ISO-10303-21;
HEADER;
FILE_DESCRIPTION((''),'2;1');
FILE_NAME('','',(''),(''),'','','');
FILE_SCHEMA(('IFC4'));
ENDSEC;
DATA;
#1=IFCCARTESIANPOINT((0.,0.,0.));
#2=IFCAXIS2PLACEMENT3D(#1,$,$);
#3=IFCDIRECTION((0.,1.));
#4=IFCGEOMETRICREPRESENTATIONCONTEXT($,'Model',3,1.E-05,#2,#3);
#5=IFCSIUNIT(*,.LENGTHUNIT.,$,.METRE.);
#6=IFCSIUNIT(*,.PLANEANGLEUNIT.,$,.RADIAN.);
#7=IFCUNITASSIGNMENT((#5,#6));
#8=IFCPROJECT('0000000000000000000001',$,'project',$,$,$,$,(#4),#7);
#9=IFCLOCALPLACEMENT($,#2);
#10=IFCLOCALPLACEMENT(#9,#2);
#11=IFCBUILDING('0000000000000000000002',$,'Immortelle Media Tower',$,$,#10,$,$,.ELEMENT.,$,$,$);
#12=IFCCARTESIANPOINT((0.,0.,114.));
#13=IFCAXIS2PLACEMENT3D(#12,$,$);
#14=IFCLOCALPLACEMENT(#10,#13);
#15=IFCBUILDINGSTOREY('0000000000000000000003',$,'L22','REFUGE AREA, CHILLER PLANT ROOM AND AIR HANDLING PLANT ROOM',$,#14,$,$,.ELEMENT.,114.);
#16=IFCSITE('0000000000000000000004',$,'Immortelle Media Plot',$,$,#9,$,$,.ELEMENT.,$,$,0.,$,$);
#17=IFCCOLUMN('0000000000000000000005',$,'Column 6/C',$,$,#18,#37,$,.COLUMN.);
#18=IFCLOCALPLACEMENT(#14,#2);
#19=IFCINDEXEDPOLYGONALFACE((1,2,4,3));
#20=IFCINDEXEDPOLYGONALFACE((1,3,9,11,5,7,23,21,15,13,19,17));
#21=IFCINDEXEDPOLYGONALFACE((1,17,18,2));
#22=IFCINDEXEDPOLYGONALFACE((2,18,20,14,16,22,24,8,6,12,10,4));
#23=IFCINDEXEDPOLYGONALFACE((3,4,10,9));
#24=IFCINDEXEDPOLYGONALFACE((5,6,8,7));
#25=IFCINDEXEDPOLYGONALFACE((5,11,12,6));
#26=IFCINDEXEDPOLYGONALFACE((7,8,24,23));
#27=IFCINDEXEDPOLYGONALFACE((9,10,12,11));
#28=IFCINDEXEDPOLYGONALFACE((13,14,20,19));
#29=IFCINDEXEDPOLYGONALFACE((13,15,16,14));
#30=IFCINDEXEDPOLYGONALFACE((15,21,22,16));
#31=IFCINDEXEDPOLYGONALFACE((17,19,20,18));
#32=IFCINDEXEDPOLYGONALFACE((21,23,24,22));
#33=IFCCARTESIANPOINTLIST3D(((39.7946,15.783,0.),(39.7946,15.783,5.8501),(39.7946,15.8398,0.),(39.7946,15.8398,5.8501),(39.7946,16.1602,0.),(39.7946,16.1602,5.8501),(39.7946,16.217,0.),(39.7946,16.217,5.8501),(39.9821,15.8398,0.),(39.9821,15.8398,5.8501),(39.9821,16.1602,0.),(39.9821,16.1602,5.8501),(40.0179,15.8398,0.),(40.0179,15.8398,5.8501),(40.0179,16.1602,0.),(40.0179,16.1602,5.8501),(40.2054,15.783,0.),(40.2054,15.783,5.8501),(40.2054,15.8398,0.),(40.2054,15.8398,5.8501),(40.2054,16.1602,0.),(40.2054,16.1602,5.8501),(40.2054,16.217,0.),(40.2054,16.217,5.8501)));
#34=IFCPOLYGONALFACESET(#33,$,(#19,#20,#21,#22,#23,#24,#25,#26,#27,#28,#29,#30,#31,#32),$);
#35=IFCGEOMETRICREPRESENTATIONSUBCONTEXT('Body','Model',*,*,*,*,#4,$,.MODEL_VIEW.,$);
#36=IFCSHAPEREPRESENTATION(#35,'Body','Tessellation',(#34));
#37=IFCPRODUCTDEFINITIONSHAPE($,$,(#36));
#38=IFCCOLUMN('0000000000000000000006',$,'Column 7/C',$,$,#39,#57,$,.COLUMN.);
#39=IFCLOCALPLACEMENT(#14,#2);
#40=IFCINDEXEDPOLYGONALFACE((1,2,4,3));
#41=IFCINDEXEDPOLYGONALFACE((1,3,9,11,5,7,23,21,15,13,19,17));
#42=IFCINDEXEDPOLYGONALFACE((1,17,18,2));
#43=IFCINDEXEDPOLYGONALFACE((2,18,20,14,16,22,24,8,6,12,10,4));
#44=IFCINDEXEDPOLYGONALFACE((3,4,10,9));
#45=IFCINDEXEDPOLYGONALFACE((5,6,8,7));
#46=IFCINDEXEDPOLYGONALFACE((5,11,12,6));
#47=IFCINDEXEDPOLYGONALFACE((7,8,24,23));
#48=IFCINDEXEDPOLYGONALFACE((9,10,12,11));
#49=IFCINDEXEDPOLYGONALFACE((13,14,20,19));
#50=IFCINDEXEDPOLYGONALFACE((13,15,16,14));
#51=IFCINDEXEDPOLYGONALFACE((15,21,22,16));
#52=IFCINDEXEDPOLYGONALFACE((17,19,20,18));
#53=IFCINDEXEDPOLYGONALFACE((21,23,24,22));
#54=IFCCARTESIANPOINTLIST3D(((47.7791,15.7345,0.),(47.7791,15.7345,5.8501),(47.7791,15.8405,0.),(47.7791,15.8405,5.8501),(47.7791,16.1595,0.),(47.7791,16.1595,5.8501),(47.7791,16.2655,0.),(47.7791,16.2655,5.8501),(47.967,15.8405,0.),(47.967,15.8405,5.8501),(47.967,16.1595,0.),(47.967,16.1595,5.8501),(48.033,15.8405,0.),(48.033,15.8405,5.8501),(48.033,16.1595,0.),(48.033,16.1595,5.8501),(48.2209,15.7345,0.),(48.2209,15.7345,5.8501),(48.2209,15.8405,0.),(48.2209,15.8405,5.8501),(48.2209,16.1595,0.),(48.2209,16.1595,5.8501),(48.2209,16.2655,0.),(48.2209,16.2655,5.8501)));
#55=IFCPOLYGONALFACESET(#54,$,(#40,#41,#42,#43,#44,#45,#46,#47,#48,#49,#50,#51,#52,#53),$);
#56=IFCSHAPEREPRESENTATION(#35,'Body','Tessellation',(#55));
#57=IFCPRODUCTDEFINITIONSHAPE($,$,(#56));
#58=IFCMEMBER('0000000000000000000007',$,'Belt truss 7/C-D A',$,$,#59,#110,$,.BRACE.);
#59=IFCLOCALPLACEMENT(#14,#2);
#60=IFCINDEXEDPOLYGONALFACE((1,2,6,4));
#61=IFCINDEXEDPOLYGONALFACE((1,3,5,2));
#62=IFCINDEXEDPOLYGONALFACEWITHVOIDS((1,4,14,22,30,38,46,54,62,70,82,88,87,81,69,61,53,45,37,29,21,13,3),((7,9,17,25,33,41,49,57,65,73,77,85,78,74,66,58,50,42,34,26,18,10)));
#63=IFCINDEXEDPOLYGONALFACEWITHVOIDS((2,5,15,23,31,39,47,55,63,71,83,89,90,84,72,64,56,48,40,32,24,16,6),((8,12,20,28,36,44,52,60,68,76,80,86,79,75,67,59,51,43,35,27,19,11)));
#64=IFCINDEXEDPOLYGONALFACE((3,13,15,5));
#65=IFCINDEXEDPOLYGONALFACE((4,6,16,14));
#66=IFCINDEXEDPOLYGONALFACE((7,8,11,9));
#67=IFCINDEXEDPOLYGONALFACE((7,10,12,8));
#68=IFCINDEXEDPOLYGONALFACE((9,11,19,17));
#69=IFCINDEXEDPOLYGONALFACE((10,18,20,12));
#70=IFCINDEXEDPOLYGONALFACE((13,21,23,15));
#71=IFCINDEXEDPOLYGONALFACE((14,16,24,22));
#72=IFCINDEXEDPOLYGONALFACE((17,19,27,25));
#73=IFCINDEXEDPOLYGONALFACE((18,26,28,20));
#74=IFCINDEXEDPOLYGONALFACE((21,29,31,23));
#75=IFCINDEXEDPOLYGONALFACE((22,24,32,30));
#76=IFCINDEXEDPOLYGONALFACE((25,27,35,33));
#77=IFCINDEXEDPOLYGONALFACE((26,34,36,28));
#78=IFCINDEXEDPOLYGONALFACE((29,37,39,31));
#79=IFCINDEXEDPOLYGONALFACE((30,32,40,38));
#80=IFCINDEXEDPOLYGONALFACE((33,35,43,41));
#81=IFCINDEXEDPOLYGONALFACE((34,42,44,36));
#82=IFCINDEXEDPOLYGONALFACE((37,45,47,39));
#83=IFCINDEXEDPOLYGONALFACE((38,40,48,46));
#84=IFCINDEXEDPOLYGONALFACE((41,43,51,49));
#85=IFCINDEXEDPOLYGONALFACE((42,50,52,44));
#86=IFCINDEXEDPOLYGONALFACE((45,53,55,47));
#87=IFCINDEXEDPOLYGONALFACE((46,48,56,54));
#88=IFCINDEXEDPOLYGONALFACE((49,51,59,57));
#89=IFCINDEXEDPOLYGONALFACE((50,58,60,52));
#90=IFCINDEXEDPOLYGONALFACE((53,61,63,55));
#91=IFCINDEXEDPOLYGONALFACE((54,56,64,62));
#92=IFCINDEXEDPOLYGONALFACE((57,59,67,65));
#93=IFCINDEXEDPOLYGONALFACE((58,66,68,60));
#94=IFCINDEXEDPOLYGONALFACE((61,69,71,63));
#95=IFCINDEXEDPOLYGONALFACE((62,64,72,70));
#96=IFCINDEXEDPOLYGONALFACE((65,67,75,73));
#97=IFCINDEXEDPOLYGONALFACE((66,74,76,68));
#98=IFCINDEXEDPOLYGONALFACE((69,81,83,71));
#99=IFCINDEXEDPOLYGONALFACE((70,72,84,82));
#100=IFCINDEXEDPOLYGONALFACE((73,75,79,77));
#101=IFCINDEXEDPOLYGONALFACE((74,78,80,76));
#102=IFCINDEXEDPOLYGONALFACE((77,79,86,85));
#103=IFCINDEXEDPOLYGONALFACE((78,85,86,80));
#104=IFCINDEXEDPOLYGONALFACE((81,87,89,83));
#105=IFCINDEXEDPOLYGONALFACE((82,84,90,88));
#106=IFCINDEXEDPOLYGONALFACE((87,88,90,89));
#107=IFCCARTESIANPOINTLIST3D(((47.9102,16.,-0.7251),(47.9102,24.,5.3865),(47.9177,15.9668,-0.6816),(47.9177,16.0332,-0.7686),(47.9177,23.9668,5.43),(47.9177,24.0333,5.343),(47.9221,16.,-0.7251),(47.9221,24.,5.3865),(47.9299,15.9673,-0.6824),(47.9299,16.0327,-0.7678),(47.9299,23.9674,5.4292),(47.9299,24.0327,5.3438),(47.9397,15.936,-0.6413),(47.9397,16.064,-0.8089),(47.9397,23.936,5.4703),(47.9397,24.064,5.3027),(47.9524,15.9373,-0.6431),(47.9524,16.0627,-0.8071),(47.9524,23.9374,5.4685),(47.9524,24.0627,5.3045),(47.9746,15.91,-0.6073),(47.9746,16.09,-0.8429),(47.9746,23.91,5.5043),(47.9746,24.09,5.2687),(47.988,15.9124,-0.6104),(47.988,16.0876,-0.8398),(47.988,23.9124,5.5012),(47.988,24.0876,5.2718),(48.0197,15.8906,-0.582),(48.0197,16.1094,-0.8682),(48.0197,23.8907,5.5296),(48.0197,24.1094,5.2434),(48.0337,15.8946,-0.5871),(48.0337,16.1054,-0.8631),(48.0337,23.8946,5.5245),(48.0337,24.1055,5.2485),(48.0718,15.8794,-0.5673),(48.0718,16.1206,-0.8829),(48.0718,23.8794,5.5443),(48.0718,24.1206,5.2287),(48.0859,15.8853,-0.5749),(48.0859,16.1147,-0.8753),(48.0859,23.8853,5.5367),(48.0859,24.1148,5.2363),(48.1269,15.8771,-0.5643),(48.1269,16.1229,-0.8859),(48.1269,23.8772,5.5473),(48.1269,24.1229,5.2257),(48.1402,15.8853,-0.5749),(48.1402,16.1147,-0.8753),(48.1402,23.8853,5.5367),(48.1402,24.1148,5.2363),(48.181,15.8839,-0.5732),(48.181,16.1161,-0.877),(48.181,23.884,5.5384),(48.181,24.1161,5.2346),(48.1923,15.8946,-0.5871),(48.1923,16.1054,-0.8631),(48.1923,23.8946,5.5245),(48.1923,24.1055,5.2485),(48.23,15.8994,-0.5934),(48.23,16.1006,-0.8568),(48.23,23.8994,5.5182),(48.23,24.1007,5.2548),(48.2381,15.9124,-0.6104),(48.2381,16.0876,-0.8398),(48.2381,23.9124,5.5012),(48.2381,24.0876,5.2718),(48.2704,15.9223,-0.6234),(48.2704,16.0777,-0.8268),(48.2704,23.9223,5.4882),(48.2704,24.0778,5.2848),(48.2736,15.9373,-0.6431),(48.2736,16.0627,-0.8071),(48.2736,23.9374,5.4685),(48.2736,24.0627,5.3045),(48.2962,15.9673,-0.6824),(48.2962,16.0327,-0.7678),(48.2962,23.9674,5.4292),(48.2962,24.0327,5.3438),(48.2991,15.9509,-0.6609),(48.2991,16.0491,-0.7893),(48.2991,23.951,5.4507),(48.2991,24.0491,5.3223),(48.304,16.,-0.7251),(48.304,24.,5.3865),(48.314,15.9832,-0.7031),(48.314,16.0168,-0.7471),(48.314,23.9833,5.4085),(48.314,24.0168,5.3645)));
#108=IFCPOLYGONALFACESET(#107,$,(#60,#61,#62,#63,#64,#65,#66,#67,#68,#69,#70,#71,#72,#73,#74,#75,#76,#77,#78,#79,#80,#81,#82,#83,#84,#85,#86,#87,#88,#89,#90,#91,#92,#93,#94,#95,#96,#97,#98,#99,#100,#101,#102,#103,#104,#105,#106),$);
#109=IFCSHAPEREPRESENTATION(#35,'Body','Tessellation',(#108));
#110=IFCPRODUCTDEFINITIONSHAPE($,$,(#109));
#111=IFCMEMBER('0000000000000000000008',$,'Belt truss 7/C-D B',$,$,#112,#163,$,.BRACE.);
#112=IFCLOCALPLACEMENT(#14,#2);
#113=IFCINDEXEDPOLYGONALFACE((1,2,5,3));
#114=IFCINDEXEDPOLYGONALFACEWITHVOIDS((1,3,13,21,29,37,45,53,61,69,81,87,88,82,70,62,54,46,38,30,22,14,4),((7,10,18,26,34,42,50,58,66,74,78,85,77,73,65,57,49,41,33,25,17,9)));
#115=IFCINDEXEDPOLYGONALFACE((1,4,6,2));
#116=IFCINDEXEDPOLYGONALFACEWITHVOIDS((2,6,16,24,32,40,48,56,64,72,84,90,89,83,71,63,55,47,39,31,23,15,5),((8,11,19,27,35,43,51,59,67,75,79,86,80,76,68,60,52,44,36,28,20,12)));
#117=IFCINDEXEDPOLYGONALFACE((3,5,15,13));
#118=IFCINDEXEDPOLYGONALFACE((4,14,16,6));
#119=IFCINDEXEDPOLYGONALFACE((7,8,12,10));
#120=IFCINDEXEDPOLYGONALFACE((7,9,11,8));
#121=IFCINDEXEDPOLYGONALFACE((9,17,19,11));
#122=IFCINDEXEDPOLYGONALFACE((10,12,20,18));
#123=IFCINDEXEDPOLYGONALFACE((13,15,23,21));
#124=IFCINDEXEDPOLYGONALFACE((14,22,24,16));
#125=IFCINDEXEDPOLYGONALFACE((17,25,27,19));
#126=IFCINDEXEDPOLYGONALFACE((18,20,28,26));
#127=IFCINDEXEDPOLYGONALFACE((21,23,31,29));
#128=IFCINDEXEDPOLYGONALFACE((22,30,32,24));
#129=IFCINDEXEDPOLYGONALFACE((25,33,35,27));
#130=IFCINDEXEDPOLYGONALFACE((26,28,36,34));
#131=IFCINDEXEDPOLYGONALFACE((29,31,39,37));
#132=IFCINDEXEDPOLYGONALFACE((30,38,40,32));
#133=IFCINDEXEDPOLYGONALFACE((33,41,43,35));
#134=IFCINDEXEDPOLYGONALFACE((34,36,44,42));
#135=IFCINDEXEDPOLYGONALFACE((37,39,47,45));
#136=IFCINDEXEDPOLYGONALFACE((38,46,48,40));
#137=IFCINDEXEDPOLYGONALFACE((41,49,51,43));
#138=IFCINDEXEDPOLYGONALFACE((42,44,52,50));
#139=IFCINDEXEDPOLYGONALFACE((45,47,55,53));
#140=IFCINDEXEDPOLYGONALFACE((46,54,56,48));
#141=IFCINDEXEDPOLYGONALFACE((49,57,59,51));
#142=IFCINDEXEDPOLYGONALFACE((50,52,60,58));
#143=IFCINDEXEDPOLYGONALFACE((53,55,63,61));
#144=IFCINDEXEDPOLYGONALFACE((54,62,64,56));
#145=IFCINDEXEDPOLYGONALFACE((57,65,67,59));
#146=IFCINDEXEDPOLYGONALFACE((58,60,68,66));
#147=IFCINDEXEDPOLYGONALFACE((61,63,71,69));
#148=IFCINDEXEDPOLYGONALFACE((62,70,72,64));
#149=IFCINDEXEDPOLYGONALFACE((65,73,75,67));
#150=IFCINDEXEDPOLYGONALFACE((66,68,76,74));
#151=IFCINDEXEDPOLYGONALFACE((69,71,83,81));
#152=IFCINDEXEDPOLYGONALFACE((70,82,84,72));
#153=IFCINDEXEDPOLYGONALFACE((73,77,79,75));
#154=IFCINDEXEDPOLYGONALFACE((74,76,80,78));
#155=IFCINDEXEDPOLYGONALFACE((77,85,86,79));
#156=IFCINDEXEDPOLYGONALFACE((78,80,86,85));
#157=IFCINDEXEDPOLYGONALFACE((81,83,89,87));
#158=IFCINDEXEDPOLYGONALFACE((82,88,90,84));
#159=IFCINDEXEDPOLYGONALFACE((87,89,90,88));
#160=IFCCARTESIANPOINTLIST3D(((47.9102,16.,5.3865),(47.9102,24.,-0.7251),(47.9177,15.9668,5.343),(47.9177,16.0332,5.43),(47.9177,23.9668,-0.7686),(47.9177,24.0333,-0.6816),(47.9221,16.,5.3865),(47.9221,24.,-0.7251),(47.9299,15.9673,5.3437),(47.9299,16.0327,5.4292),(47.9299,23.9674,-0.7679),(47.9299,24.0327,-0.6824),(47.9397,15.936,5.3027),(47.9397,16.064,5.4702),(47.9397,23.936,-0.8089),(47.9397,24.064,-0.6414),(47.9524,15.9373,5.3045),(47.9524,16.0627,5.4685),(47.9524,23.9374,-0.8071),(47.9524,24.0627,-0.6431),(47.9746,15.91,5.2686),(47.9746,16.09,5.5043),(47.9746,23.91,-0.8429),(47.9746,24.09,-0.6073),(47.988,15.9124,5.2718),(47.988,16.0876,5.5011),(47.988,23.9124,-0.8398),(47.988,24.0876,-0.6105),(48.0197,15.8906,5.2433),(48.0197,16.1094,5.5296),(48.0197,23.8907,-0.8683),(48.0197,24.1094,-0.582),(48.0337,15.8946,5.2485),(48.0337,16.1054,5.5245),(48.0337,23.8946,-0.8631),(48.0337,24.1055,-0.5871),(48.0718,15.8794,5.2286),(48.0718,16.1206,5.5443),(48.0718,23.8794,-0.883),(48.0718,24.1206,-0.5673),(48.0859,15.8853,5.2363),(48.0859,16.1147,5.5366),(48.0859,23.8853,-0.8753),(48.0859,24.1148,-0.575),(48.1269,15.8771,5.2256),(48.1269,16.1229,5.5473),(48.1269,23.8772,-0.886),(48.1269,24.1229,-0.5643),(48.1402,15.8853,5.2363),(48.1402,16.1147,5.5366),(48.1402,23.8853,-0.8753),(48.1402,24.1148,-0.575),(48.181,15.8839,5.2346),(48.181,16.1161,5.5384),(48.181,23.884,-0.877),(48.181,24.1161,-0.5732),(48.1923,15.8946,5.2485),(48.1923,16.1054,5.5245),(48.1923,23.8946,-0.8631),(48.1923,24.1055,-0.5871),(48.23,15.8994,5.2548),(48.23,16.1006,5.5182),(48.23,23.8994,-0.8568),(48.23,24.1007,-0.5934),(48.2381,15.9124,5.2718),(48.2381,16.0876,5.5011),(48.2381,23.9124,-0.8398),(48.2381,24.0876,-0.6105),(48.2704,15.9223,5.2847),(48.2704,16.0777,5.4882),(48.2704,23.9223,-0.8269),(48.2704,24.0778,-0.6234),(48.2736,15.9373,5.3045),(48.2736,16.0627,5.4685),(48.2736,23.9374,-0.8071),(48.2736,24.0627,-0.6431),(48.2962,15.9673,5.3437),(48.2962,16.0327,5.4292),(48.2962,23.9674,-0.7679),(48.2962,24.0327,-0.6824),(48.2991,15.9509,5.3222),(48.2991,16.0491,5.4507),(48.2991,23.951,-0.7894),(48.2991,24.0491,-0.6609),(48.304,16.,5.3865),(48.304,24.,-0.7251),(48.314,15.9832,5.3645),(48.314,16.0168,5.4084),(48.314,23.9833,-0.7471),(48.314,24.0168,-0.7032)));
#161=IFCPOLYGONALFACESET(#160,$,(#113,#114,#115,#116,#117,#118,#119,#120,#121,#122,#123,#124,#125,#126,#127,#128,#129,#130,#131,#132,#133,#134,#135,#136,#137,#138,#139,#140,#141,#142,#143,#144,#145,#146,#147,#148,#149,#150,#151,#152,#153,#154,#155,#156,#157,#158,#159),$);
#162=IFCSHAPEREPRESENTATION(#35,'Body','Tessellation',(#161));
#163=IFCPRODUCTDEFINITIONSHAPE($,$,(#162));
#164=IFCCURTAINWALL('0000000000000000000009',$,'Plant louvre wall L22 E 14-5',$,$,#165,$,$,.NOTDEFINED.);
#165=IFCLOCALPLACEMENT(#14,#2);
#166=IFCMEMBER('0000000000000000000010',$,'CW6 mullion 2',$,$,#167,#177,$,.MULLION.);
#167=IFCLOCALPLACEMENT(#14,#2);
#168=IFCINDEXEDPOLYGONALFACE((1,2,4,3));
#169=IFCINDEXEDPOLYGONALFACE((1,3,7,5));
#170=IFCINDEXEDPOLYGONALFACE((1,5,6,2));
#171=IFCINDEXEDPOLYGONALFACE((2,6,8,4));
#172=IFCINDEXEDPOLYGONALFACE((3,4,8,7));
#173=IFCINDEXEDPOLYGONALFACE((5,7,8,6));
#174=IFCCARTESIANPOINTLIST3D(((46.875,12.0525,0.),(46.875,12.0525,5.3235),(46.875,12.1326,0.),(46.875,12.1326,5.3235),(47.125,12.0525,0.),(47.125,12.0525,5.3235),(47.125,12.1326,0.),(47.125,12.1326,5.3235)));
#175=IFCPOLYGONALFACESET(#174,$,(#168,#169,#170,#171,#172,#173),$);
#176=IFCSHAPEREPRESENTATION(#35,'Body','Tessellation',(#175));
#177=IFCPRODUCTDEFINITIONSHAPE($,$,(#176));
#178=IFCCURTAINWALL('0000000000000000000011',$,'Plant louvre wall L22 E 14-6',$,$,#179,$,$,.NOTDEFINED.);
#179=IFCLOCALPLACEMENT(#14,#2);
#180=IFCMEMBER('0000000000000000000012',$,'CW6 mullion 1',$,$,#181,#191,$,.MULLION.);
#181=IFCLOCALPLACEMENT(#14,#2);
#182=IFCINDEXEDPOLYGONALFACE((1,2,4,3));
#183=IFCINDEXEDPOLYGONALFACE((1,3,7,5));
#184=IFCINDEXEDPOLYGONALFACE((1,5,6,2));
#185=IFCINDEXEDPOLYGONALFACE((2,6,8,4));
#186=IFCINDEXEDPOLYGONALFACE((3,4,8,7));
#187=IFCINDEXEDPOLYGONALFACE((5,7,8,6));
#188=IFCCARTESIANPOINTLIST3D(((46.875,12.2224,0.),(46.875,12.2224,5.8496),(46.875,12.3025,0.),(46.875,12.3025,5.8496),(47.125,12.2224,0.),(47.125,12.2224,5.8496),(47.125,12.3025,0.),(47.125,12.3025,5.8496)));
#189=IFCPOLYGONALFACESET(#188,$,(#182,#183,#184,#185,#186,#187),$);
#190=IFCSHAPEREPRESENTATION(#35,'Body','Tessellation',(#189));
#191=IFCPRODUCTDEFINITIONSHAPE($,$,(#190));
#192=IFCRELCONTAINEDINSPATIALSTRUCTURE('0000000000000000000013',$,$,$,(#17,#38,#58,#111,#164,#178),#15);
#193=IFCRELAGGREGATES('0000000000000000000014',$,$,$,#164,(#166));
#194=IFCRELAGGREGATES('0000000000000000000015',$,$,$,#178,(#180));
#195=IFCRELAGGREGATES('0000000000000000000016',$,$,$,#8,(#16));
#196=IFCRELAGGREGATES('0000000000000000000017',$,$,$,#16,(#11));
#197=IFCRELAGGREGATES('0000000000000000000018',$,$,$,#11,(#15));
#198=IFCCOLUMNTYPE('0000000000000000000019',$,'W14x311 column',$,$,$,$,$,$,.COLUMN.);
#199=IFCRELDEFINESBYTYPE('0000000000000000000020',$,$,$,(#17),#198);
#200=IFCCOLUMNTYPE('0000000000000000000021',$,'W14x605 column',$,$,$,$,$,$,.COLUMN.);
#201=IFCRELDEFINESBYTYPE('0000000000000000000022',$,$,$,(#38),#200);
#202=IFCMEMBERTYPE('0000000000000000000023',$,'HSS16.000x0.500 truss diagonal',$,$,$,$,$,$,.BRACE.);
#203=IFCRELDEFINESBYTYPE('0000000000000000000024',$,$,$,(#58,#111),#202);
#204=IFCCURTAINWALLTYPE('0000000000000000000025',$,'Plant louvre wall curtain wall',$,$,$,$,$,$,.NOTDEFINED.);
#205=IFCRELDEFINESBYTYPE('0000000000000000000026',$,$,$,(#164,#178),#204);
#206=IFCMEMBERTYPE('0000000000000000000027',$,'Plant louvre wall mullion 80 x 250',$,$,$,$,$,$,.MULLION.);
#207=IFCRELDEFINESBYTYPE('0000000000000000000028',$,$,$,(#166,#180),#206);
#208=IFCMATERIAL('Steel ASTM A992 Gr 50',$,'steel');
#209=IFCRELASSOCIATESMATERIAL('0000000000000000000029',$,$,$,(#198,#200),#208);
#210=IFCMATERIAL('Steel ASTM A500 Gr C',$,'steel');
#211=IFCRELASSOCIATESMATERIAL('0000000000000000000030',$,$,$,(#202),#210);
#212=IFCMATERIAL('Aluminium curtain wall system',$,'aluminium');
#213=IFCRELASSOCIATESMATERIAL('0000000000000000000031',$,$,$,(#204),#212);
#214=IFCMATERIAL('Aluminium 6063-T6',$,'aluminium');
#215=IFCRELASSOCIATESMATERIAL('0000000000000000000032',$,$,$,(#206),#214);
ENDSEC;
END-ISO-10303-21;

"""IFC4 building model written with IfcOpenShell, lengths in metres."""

from ifc_helpers import new_model, si_unit, direction, frame, origin, origin_2d, place, context, subcontext, project, spatial, rectangle, hollow_circle, i_section, extrude, material, material_profile, profile_set, type_object, element, aggregate, save


model = new_model("IFC4")

# Units and contexts
model_context = context("Model", 3, precision=1e-05, world=origin(), true_north=direction((0.0, 1.0)))
body_context = subcontext(model_context, "Body", "Model", "MODEL_VIEW")
ifc_project = project(units=[si_unit("LENGTHUNIT", "METRE"), si_unit("PLANEANGLEUNIT", "RADIAN")], contexts=[model_context])

# Site, building, storey
site_placement = place(None, origin())
site = spatial("IfcSite", under=ifc_project, at=site_placement, Name="Immortelle Media Plot", CompositionType="ELEMENT", RefElevation=0.0)
building_placement = place(site_placement, origin())
building = spatial("IfcBuilding", under=site, at=building_placement, Name="Immortelle Media Tower", CompositionType="ELEMENT")
storey_placement = place(building_placement, frame((0.0, 0.0, 114.0)))
storey = spatial("IfcBuildingStorey", under=building, at=storey_placement, Name="L22", Description="REFUGE AREA, CHILLER PLANT ROOM AND AIR HANDLING PLANT ROOM", CompositionType="ELEMENT", Elevation=114.0)

# Columns
ifc_material_1 = material(Name="Steel ASTM A992 Gr 50", Category="steel")
ifc_material_profile_1 = material_profile(ifc_material_1, i_section(OverallWidth=0.4109, OverallDepth=0.4341, WebThickness=0.0359, FlangeThickness=0.0569, at=origin_2d()), Name="W14x311")
ifc_profile_set_1 = profile_set([ifc_material_profile_1], Name="Steel ASTM A992 Gr 50")
column_type_1 = type_object("IfcColumnType", Name="W14x311 column", PredefinedType="COLUMN", material=ifc_profile_set_1)
column_1_placement = place(storey_placement, frame((40.0, 16.0, 0.0), z_axis=(0.0, 0.0, 1.0), x_axis=(1.0, 0.0, 0.0)))
element("IfcColumn", 1, at=column_1_placement, inside=storey, type_object=column_type_1, Name="Column 6/C", PredefinedType="COLUMN", context=body_context, shape_type="SweptSolid", body=[
    extrude(i_section(OverallWidth=0.4109, OverallDepth=0.4341, WebThickness=0.0359, FlangeThickness=0.0569, at=origin_2d()), origin(), (0.0, 0.0, 1.0), 5.8501),
])
ifc_material_profile_2 = material_profile(ifc_material_1, i_section(OverallWidth=0.4419, OverallDepth=0.531, WebThickness=0.0659, FlangeThickness=0.106, at=origin_2d()), Name="W14x605")
ifc_profile_set_2 = profile_set([ifc_material_profile_2], Name="Steel ASTM A992 Gr 50")
column_type_2 = type_object("IfcColumnType", Name="W14x605 column", PredefinedType="COLUMN", material=ifc_profile_set_2)
column_2_placement = place(storey_placement, frame((48.0, 16.0, 0.0), z_axis=(0.0, 0.0, 1.0), x_axis=(1.0, 0.0, 0.0)))
element("IfcColumn", 2, at=column_2_placement, inside=storey, type_object=column_type_2, Name="Column 7/C", PredefinedType="COLUMN", context=body_context, shape_type="SweptSolid", body=[
    extrude(i_section(OverallWidth=0.4419, OverallDepth=0.531, WebThickness=0.0659, FlangeThickness=0.106, at=origin_2d()), origin(), (0.0, 0.0, 1.0), 5.8501),
])

# Members
ifc_material_2 = material(Name="Steel ASTM A500 Gr C", Category="steel")
ifc_material_profile_3 = material_profile(ifc_material_2, hollow_circle(Radius=0.2029, WallThickness=0.012, at=origin_2d()), Name="HSS16.000x0.500 truss diagonal")
ifc_profile_set_3 = profile_set([ifc_material_profile_3], Name="Steel ASTM A500 Gr C")
member_type_1 = type_object("IfcMemberType", Name="HSS16.000x0.500 truss diagonal", PredefinedType="BRACE", material=ifc_profile_set_3)
for number, where, z_axis, x_axis, name in (
    (3, (48.113, 16.0, -0.7251), (0.0, 0.794649, 0.607069), (-1.0, 0.0, 0.0), "Belt truss 7/C-D A"),
    (4, (48.113, 16.0, 5.3865), (0.0, 0.794649, -0.607069), (-1.0, 0.0, 0.0), "Belt truss 7/C-D B"),
):
    element("IfcMember", number, at=place(storey_placement, frame(where, z_axis=z_axis, x_axis=x_axis)), inside=storey, type_object=member_type_1, Name=name, PredefinedType="BRACE", context=body_context, shape_type="SweptSolid", body=[
        extrude(hollow_circle(Radius=0.2029, WallThickness=0.012, at=origin_2d()), origin(), (0.0, 0.0, 1.0), 10.0674),
    ])

# Curtain wall, member
ifc_material_3 = material(Name="Aluminium curtain wall system", Category="aluminium")
curtain_wall_type = type_object("IfcCurtainWallType", Name="Plant louvre wall curtain wall", PredefinedType="NOTDEFINED", material=ifc_material_3)
curtain_wall_1_placement = place(storey_placement, origin())
curtain_wall_1 = element("IfcCurtainWall", 5, at=curtain_wall_1_placement, inside=storey, type_object=curtain_wall_type, Name="Plant louvre wall L22 E 14-5", PredefinedType="NOTDEFINED")
ifc_material_4 = material(Name="Aluminium 6063-T6", Category="aluminium")
ifc_material_profile_4 = material_profile(ifc_material_4, rectangle(XDim=0.25, YDim=0.0801, at=origin_2d()), Name="AL 80x250")
ifc_profile_set_4 = profile_set([ifc_material_profile_4], Name="Aluminium 6063-T6")
member_type_2 = type_object("IfcMemberType", Name="Plant louvre wall mullion 80 x 250", PredefinedType="MULLION", material=ifc_profile_set_4)
member_1_placement = place(storey_placement, frame((47.0, 12.0925, 0.0), z_axis=(0.0, 0.0, 1.0), x_axis=(-1.0, 0.0, 0.0)))
member_1 = element("IfcMember", 6, at=member_1_placement, type_object=member_type_2, Name="CW6 mullion 2", PredefinedType="MULLION", context=body_context, shape_type="SweptSolid", body=[
    extrude(rectangle(XDim=0.25, YDim=0.0801, at=origin_2d()), origin(), (0.0, 0.0, 1.0), 5.3235),
])

# Curtain wall, member
curtain_wall_2_placement = place(storey_placement, origin())
curtain_wall_2 = element("IfcCurtainWall", 7, at=curtain_wall_2_placement, inside=storey, type_object=curtain_wall_type, Name="Plant louvre wall L22 E 14-6", PredefinedType="NOTDEFINED")
member_2_placement = place(storey_placement, frame((47.0, 12.2625, 0.0), z_axis=(0.0, 0.0, 1.0), x_axis=(-1.0, 0.0, 0.0)))
member_2 = element("IfcMember", 8, at=member_2_placement, type_object=member_type_2, Name="CW6 mullion 1", PredefinedType="MULLION", context=body_context, shape_type="SweptSolid", body=[
    extrude(rectangle(XDim=0.25, YDim=0.0801, at=origin_2d()), origin(), (0.0, 0.0, 1.0), 5.8496),
])

aggregate(curtain_wall_1, [member_1])
aggregate(curtain_wall_2, [member_2])

save(model, "model.ifc")
